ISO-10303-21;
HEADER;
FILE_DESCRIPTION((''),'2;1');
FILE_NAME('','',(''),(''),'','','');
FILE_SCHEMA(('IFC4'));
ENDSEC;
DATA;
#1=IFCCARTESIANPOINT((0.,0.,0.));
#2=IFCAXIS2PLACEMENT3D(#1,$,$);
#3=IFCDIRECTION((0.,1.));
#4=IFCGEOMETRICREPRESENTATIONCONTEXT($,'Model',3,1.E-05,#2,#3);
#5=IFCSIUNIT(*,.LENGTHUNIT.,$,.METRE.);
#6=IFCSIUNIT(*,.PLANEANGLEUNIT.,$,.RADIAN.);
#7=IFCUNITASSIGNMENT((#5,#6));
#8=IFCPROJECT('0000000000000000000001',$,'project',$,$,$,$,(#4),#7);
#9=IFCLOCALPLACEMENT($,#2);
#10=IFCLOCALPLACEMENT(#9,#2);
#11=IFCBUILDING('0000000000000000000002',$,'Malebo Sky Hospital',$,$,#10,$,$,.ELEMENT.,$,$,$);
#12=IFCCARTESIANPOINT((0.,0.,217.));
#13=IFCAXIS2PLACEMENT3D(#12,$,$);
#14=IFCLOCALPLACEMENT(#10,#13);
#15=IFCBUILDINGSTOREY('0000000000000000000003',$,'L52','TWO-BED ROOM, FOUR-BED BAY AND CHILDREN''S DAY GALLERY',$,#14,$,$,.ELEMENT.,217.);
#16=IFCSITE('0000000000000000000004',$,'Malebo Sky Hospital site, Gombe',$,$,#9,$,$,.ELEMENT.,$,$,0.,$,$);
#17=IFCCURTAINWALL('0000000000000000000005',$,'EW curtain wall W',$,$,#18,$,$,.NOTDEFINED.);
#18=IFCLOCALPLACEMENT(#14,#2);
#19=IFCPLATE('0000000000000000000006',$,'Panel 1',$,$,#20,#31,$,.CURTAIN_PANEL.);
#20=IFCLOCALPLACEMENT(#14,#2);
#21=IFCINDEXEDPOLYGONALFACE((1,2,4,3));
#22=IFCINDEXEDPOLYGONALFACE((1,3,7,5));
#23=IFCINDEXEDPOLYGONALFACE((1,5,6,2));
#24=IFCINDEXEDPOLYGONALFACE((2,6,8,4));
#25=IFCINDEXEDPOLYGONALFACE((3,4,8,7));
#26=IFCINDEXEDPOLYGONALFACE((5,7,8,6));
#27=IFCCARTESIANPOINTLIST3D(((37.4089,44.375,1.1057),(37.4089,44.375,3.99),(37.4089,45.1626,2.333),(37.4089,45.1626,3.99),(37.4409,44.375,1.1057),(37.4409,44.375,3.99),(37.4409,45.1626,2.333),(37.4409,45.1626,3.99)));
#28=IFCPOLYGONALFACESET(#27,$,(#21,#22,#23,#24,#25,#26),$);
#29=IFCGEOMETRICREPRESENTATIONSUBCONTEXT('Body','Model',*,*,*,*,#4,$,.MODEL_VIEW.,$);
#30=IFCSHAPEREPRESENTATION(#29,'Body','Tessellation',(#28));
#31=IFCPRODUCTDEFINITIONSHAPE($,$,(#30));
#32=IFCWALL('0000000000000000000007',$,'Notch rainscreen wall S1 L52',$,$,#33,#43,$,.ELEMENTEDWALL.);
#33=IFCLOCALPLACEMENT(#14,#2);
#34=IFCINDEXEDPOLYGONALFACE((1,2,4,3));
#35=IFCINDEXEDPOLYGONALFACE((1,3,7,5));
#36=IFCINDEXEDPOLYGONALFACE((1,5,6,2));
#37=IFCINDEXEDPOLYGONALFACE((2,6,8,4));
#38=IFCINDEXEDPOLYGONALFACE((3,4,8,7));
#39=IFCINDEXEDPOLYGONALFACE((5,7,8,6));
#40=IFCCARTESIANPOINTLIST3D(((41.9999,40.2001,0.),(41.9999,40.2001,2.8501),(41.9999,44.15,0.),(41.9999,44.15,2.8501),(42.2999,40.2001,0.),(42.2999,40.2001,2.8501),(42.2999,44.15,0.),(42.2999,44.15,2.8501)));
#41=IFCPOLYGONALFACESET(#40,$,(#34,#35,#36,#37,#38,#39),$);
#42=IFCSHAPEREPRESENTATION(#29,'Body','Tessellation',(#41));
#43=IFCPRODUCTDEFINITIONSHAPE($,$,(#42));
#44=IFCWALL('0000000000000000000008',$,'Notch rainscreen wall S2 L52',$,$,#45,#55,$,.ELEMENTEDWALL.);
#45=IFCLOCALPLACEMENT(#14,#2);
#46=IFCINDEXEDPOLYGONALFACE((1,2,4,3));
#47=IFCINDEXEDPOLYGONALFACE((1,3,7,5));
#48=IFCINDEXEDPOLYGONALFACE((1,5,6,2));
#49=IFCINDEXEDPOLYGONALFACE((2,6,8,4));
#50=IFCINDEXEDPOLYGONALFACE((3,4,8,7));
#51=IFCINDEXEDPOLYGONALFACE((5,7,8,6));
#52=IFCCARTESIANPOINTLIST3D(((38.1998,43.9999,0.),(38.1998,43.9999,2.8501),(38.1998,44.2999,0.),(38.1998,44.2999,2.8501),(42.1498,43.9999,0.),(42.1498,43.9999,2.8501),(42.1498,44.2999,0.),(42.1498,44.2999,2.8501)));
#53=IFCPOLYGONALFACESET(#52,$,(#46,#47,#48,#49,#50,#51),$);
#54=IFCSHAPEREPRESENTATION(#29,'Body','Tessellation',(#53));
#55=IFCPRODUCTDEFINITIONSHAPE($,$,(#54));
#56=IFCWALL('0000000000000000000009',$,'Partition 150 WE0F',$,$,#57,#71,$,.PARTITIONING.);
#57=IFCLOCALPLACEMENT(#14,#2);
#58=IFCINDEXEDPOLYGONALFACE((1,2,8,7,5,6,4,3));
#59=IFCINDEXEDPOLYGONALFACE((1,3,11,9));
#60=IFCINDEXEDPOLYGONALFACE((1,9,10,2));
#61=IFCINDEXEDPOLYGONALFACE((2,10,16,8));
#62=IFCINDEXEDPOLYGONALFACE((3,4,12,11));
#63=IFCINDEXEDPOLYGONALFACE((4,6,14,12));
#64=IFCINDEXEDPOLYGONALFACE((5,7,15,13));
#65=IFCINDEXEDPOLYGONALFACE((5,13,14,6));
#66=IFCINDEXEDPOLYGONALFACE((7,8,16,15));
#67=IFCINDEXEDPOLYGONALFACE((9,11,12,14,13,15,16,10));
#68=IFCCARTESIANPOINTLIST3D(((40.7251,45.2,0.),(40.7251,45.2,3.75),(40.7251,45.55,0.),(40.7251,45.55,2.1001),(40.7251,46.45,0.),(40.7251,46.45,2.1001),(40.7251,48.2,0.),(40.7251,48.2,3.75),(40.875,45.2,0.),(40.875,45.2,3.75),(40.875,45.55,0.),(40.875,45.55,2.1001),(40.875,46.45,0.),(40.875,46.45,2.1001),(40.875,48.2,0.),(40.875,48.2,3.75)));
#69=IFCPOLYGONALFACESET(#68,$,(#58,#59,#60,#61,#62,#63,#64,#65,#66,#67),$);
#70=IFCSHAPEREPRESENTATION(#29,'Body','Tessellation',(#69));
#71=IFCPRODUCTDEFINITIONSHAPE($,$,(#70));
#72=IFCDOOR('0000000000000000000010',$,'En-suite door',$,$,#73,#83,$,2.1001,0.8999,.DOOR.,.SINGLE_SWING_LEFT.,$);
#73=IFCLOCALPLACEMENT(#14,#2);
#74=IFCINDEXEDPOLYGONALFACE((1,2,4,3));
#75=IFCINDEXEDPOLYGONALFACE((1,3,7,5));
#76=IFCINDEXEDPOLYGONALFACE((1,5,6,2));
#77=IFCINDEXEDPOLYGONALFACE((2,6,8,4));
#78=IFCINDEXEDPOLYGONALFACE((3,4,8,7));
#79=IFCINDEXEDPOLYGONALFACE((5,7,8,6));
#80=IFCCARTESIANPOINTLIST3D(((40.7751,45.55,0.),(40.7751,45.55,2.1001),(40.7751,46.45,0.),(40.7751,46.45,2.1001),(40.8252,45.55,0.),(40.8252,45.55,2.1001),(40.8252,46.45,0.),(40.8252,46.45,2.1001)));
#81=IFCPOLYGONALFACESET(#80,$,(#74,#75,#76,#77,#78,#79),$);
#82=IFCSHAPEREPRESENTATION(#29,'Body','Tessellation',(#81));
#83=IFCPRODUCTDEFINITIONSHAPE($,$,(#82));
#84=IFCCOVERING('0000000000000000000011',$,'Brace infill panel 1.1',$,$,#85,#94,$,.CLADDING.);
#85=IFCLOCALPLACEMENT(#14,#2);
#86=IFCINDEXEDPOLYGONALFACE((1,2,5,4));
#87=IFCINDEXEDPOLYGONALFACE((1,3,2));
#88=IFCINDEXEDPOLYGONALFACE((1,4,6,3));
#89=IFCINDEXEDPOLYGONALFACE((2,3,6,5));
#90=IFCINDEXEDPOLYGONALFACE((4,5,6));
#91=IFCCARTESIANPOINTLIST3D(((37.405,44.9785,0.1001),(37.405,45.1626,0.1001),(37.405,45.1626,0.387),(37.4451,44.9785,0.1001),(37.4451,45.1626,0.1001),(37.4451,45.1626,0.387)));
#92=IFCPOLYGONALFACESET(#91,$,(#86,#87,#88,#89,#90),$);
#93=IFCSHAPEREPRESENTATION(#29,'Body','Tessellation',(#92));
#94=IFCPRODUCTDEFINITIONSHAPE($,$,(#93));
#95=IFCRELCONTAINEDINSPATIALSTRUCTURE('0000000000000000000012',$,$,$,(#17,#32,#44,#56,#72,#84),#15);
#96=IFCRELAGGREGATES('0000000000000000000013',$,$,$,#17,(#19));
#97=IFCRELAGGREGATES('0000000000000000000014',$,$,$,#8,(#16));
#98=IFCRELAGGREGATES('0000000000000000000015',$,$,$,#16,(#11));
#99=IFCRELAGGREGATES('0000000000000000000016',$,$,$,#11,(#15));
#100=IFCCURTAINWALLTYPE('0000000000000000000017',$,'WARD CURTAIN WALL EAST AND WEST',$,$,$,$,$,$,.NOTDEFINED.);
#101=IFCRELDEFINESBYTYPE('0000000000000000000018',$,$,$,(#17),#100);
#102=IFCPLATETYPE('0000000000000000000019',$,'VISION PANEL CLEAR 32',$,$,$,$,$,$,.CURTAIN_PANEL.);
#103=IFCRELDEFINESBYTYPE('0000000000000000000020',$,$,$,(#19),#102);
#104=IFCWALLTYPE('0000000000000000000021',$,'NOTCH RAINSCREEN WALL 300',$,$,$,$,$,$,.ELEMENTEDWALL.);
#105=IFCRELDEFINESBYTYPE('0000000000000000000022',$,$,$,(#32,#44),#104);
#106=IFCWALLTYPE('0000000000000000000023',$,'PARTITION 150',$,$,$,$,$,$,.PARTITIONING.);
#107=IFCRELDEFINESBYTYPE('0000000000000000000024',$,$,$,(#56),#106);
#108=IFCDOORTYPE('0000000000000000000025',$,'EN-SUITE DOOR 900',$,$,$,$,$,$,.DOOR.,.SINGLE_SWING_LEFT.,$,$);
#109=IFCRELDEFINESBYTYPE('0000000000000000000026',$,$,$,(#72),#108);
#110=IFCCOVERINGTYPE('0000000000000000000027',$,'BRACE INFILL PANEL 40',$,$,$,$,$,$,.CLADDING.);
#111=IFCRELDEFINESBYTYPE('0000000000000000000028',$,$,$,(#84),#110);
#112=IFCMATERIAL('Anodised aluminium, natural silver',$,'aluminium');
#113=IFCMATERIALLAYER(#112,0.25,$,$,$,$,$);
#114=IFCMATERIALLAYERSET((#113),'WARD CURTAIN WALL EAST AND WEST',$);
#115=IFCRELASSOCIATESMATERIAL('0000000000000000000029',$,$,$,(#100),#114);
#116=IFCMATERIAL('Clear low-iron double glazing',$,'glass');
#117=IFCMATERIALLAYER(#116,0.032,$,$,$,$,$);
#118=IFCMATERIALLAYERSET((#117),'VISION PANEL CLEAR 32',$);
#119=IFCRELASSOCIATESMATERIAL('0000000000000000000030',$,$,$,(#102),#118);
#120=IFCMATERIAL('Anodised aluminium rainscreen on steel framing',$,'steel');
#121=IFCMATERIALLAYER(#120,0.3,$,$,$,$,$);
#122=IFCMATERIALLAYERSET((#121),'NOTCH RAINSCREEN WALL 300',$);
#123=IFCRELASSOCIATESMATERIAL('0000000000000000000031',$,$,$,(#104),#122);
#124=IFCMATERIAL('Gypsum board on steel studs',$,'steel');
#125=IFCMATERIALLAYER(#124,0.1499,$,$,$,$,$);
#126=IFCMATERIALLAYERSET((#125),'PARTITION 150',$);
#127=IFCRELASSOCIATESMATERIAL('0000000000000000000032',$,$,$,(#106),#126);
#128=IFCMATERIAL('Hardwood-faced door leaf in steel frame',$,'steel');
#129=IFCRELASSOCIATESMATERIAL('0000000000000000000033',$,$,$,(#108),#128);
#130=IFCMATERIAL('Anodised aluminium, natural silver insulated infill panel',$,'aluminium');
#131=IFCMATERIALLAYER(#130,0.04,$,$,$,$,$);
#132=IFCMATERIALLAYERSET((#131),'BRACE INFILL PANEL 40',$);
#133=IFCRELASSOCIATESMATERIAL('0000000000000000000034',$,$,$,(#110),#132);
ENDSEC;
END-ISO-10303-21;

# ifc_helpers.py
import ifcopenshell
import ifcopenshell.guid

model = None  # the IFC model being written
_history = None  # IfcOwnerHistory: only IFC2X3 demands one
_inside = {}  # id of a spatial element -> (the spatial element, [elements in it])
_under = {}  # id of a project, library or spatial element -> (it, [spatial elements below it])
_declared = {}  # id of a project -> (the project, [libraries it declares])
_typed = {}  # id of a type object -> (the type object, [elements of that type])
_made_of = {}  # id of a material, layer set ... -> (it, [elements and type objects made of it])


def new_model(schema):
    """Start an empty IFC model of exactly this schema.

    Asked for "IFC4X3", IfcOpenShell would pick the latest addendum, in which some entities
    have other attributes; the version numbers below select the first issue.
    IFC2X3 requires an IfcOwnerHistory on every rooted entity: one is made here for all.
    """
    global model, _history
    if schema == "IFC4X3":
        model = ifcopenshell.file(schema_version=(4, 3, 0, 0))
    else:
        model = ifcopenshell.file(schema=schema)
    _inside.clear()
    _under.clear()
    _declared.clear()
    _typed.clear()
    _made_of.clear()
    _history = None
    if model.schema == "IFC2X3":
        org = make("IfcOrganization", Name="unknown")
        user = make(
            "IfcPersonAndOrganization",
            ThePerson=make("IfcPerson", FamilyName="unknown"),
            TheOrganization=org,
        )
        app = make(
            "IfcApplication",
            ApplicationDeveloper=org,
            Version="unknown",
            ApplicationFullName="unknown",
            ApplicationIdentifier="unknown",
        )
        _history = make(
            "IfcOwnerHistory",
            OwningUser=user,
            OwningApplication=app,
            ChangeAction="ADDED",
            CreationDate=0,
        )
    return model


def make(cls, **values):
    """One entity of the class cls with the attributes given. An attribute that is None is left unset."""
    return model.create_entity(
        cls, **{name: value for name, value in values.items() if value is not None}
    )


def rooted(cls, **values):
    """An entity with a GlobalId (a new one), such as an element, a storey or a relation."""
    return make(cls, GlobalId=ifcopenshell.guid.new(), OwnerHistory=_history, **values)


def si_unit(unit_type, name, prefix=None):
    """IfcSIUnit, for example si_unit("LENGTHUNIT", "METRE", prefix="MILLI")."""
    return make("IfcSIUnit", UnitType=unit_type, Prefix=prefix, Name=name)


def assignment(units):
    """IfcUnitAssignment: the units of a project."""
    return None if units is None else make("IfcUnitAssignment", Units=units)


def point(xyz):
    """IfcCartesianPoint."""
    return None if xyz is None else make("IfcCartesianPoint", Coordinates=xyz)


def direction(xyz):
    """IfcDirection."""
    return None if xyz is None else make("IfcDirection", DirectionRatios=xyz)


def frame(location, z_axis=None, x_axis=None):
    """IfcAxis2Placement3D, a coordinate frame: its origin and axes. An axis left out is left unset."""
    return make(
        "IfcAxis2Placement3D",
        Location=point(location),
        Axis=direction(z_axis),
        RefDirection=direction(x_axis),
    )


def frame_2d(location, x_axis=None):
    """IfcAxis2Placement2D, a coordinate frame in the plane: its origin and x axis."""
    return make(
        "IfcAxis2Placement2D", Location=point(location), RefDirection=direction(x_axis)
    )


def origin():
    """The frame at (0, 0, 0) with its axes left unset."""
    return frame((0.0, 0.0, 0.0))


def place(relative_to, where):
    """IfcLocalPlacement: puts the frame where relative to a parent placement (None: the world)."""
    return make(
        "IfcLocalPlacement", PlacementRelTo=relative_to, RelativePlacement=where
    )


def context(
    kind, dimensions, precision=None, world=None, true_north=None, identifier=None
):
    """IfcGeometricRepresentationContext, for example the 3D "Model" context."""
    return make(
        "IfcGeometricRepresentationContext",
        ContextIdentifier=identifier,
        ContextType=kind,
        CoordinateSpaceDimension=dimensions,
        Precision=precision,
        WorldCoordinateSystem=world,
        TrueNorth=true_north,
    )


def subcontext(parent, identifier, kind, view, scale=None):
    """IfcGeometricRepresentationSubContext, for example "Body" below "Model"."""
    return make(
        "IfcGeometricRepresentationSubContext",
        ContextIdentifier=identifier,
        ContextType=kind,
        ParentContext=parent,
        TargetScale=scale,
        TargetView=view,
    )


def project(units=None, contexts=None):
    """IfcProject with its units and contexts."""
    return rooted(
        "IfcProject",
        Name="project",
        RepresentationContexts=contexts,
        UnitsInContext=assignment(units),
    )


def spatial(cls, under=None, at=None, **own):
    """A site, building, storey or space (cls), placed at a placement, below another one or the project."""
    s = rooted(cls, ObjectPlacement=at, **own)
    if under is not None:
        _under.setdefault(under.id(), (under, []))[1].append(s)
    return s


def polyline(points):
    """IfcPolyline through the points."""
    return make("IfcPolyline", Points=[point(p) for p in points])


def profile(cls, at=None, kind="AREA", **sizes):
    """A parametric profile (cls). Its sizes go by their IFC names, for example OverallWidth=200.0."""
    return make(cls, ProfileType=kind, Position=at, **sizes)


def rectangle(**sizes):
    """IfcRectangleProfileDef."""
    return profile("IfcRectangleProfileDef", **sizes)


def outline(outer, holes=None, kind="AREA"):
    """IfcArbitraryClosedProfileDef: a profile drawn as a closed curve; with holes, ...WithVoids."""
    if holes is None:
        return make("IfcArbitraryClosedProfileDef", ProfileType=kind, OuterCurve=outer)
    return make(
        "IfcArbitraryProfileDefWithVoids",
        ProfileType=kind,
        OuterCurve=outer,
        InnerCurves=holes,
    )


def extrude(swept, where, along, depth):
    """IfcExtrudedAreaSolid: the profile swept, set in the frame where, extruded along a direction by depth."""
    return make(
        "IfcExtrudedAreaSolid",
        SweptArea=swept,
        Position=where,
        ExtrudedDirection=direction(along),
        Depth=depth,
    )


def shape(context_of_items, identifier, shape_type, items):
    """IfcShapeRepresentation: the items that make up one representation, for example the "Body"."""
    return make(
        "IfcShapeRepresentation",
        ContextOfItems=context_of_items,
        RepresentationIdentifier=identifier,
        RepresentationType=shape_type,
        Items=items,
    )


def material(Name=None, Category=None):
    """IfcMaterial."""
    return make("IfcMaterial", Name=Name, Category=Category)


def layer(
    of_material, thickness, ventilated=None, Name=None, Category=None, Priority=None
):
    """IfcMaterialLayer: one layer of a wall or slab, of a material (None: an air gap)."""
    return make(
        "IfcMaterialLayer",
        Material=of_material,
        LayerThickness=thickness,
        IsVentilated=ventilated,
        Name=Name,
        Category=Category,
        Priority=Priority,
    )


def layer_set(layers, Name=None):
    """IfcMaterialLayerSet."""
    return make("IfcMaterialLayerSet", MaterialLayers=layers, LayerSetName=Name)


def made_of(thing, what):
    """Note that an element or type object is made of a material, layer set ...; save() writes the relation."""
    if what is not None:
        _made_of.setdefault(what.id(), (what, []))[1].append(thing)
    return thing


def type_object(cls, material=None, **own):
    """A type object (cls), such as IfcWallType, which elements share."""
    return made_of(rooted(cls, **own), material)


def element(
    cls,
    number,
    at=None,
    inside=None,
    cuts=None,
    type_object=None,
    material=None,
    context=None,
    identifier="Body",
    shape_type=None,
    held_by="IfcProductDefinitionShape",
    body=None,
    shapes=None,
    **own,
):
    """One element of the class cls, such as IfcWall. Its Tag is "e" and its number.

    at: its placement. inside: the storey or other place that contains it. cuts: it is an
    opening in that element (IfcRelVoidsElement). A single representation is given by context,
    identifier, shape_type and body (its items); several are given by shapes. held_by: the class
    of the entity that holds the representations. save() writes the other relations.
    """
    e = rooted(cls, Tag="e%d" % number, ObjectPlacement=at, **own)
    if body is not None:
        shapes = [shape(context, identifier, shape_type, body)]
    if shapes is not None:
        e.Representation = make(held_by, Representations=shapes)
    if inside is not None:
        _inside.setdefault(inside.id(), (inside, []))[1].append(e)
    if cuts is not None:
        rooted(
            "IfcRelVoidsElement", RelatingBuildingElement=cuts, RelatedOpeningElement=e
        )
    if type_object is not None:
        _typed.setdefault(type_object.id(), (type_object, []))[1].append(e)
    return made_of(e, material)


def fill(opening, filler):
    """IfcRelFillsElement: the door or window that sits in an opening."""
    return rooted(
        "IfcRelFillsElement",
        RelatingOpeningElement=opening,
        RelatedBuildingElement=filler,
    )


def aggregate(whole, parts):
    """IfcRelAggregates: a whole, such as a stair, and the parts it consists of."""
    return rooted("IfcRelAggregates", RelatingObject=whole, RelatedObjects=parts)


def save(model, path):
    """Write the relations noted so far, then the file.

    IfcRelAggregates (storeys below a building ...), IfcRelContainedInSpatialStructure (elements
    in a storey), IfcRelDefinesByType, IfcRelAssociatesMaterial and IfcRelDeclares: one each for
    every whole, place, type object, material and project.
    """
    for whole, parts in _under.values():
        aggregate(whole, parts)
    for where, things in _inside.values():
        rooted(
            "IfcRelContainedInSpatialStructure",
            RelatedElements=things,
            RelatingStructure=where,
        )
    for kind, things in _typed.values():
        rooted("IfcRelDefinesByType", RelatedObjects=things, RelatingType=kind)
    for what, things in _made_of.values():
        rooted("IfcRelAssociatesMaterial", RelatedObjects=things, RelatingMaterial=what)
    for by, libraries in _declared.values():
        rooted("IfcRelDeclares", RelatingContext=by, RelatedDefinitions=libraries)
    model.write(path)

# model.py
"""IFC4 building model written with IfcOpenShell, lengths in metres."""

from ifc_helpers import new_model, si_unit, direction, frame, frame_2d, origin, place, context, subcontext, project, spatial, polyline, rectangle, outline, extrude, material, layer, layer_set, type_object, element, fill, aggregate, save


model = new_model("IFC4")

# Units and contexts
model_context = context("Model", 3, precision=1e-05, world=origin(), true_north=direction((0.0, 1.0)))
body_context = subcontext(model_context, "Body", "Model", "MODEL_VIEW")
ifc_project = project(units=[si_unit("LENGTHUNIT", "METRE"), si_unit("PLANEANGLEUNIT", "RADIAN")], contexts=[model_context])

# Site, building, storey
site_placement = place(None, origin())
site = spatial("IfcSite", under=ifc_project, at=site_placement, Name="Malebo Sky Hospital site, Gombe", CompositionType="ELEMENT", RefElevation=0.0)
building_placement = place(site_placement, origin())
building = spatial("IfcBuilding", under=site, at=building_placement, Name="Malebo Sky Hospital", CompositionType="ELEMENT")
storey_placement = place(building_placement, frame((0.0, 0.0, 217.0)))
storey = spatial("IfcBuildingStorey", under=building, at=storey_placement, Name="L52", Description="TWO-BED ROOM, FOUR-BED BAY AND CHILDREN'S DAY GALLERY", CompositionType="ELEMENT", Elevation=217.0)

# Curtain wall
ifc_material_1 = material(Name="Anodised aluminium, natural silver", Category="aluminium")
ifc_layer_1 = layer(ifc_material_1, 0.25)
ifc_layer_set_1 = layer_set([ifc_layer_1], Name="WARD CURTAIN WALL EAST AND WEST")
curtain_wall_type_1 = type_object("IfcCurtainWallType", Name="WARD CURTAIN WALL EAST AND WEST", PredefinedType="NOTDEFINED", material=ifc_layer_set_1)
curtain_wall_1_placement = place(storey_placement, origin())
curtain_wall_1 = element("IfcCurtainWall", 1, at=curtain_wall_1_placement, inside=storey, type_object=curtain_wall_type_1, Name="EW curtain wall W", PredefinedType="NOTDEFINED")

# Plate
ifc_material_2 = material(Name="Clear low-iron double glazing", Category="glass")
ifc_layer_2 = layer(ifc_material_2, 0.032)
ifc_layer_set_2 = layer_set([ifc_layer_2], Name="VISION PANEL CLEAR 32")
plate_type = type_object("IfcPlateType", Name="VISION PANEL CLEAR 32", PredefinedType="CURTAIN_PANEL", material=ifc_layer_set_2)
plate_placement = place(storey_placement, frame((37.425, 44.7688, 1.1057), z_axis=(0.0, 0.0, 1.0), x_axis=(0.0, 1.0, 0.0)))
plate = element("IfcPlate", 2, at=plate_placement, type_object=plate_type, Name="Panel 1", PredefinedType="CURTAIN_PANEL", context=body_context, shape_type="SweptSolid", body=[
    extrude(outline(polyline([(-0.3938, 0.0), (0.3938, 1.2273), (0.3938, 2.8843), (-0.3938, 2.8843), (-0.3938, 0.0)])), frame((0.0, 0.0161, 0.0), z_axis=(0.0, -1.0, 0.0), x_axis=(1.0, 0.0, 0.0)), (0.0, 0.0, 1.0), 0.032),
])
aggregate(curtain_wall_1, [plate])

# Walls
ifc_material_3 = material(Name="Anodised aluminium rainscreen on steel framing", Category="steel")
ifc_layer_3 = layer(ifc_material_3, 0.3)
ifc_layer_set_3 = layer_set([ifc_layer_3], Name="NOTCH RAINSCREEN WALL 300")
wall_type_1 = type_object("IfcWallType", Name="NOTCH RAINSCREEN WALL 300", PredefinedType="ELEMENTEDWALL", material=ifc_layer_set_3)
for number, where, z_axis, x_axis, name in (
    (3, (42.1499, 40.2, 0.0), (0.0, 0.0, 1.0), (0.0, 1.0, 0.0), "Notch rainscreen wall S1 L52"),
    (4, (42.1499, 44.1499, 0.0), (0.0, 0.0, 1.0), (-1.0, 0.0, 0.0), "Notch rainscreen wall S2 L52"),
):
    element("IfcWall", number, at=place(storey_placement, frame(where, z_axis=z_axis, x_axis=x_axis)), inside=storey, type_object=wall_type_1, Name=name, PredefinedType="ELEMENTEDWALL", context=body_context, shape_type="SweptSolid", body=[
        extrude(rectangle(XDim=3.95, YDim=0.3, at=frame_2d((1.9751, 0.0))), origin(), (0.0, 0.0, 1.0), 2.8501),
    ])

# Wall, opening, door
ifc_material_4 = material(Name="Gypsum board on steel studs", Category="steel")
ifc_layer_4 = layer(ifc_material_4, 0.1499)
ifc_layer_set_4 = layer_set([ifc_layer_4], Name="PARTITION 150")
wall_type_2 = type_object("IfcWallType", Name="PARTITION 150", PredefinedType="PARTITIONING", material=ifc_layer_set_4)
wall_placement = place(storey_placement, frame((40.8, 45.2, 0.0), z_axis=(0.0, 0.0, 1.0), x_axis=(0.0, 1.0, 0.0)))
wall = element("IfcWall", 5, at=wall_placement, inside=storey, type_object=wall_type_2, Name="Partition 150 WE0F", PredefinedType="PARTITIONING", context=body_context, shape_type="SweptSolid", body=[
    extrude(rectangle(XDim=3.0, YDim=0.1499, at=frame_2d((1.5, 0.0))), origin(), (0.0, 0.0, 1.0), 3.75),
])
opening_placement = place(wall_placement, frame((0.3501, 0.0, 0.0)))
opening = element("IfcOpeningElement", 6, at=opening_placement, cuts=wall, PredefinedType="OPENING", context=body_context, shape_type="SweptSolid", body=[
    extrude(rectangle(XDim=0.8999, YDim=2.1001, at=frame_2d((0.45, 1.05))), frame((0.0, 0.085, 0.0), z_axis=(0.0, -1.0, 0.0), x_axis=(1.0, 0.0, 0.0)), (0.0, 0.0, 1.0), 0.1699),
])
ifc_material_5 = material(Name="Hardwood-faced door leaf in steel frame", Category="steel")
door_type = type_object("IfcDoorType", Name="EN-SUITE DOOR 900", OperationType="SINGLE_SWING_LEFT", PredefinedType="DOOR", material=ifc_material_5)
door_placement = place(opening_placement, origin())
door = element("IfcDoor", 7, at=door_placement, inside=storey, type_object=door_type, Name="En-suite door", OperationType="SINGLE_SWING_LEFT", OverallHeight=2.1001, OverallWidth=0.8999, PredefinedType="DOOR", context=body_context, shape_type="SweptSolid", body=[
    extrude(rectangle(XDim=0.8999, YDim=2.1001, at=frame_2d((0.45, 1.05))), frame((0.0, 0.0249, 0.0), z_axis=(0.0, -1.0, 0.0), x_axis=(1.0, 0.0, 0.0)), (0.0, 0.0, 1.0), 0.05),
])
fill(opening, door)

# Covering
ifc_material_6 = material(Name="Anodised aluminium, natural silver insulated infill panel", Category="aluminium")
ifc_layer_5 = layer(ifc_material_6, 0.04)
ifc_layer_set_5 = layer_set([ifc_layer_5], Name="BRACE INFILL PANEL 40")
covering_type = type_object("IfcCoveringType", Name="BRACE INFILL PANEL 40", PredefinedType="CLADDING", material=ifc_layer_set_5)
covering_placement = place(storey_placement, frame((37.425, 45.0706, 0.1001), z_axis=(0.0, 0.0, 1.0), x_axis=(0.0, 1.0, 0.0)))
element("IfcCovering", 8, at=covering_placement, inside=storey, type_object=covering_type, Name="Brace infill panel 1.1", PredefinedType="CLADDING", context=body_context, shape_type="SweptSolid", body=[
    extrude(outline(polyline([(-0.092, 0.0), (0.092, 0.0), (0.092, 0.2869), (-0.092, 0.0)])), frame((0.0, 0.02, 0.0), z_axis=(0.0, -1.0, 0.0), x_axis=(1.0, 0.0, 0.0)), (0.0, 0.0, 1.0), 0.04),
])

save(model, "model.ifc")
